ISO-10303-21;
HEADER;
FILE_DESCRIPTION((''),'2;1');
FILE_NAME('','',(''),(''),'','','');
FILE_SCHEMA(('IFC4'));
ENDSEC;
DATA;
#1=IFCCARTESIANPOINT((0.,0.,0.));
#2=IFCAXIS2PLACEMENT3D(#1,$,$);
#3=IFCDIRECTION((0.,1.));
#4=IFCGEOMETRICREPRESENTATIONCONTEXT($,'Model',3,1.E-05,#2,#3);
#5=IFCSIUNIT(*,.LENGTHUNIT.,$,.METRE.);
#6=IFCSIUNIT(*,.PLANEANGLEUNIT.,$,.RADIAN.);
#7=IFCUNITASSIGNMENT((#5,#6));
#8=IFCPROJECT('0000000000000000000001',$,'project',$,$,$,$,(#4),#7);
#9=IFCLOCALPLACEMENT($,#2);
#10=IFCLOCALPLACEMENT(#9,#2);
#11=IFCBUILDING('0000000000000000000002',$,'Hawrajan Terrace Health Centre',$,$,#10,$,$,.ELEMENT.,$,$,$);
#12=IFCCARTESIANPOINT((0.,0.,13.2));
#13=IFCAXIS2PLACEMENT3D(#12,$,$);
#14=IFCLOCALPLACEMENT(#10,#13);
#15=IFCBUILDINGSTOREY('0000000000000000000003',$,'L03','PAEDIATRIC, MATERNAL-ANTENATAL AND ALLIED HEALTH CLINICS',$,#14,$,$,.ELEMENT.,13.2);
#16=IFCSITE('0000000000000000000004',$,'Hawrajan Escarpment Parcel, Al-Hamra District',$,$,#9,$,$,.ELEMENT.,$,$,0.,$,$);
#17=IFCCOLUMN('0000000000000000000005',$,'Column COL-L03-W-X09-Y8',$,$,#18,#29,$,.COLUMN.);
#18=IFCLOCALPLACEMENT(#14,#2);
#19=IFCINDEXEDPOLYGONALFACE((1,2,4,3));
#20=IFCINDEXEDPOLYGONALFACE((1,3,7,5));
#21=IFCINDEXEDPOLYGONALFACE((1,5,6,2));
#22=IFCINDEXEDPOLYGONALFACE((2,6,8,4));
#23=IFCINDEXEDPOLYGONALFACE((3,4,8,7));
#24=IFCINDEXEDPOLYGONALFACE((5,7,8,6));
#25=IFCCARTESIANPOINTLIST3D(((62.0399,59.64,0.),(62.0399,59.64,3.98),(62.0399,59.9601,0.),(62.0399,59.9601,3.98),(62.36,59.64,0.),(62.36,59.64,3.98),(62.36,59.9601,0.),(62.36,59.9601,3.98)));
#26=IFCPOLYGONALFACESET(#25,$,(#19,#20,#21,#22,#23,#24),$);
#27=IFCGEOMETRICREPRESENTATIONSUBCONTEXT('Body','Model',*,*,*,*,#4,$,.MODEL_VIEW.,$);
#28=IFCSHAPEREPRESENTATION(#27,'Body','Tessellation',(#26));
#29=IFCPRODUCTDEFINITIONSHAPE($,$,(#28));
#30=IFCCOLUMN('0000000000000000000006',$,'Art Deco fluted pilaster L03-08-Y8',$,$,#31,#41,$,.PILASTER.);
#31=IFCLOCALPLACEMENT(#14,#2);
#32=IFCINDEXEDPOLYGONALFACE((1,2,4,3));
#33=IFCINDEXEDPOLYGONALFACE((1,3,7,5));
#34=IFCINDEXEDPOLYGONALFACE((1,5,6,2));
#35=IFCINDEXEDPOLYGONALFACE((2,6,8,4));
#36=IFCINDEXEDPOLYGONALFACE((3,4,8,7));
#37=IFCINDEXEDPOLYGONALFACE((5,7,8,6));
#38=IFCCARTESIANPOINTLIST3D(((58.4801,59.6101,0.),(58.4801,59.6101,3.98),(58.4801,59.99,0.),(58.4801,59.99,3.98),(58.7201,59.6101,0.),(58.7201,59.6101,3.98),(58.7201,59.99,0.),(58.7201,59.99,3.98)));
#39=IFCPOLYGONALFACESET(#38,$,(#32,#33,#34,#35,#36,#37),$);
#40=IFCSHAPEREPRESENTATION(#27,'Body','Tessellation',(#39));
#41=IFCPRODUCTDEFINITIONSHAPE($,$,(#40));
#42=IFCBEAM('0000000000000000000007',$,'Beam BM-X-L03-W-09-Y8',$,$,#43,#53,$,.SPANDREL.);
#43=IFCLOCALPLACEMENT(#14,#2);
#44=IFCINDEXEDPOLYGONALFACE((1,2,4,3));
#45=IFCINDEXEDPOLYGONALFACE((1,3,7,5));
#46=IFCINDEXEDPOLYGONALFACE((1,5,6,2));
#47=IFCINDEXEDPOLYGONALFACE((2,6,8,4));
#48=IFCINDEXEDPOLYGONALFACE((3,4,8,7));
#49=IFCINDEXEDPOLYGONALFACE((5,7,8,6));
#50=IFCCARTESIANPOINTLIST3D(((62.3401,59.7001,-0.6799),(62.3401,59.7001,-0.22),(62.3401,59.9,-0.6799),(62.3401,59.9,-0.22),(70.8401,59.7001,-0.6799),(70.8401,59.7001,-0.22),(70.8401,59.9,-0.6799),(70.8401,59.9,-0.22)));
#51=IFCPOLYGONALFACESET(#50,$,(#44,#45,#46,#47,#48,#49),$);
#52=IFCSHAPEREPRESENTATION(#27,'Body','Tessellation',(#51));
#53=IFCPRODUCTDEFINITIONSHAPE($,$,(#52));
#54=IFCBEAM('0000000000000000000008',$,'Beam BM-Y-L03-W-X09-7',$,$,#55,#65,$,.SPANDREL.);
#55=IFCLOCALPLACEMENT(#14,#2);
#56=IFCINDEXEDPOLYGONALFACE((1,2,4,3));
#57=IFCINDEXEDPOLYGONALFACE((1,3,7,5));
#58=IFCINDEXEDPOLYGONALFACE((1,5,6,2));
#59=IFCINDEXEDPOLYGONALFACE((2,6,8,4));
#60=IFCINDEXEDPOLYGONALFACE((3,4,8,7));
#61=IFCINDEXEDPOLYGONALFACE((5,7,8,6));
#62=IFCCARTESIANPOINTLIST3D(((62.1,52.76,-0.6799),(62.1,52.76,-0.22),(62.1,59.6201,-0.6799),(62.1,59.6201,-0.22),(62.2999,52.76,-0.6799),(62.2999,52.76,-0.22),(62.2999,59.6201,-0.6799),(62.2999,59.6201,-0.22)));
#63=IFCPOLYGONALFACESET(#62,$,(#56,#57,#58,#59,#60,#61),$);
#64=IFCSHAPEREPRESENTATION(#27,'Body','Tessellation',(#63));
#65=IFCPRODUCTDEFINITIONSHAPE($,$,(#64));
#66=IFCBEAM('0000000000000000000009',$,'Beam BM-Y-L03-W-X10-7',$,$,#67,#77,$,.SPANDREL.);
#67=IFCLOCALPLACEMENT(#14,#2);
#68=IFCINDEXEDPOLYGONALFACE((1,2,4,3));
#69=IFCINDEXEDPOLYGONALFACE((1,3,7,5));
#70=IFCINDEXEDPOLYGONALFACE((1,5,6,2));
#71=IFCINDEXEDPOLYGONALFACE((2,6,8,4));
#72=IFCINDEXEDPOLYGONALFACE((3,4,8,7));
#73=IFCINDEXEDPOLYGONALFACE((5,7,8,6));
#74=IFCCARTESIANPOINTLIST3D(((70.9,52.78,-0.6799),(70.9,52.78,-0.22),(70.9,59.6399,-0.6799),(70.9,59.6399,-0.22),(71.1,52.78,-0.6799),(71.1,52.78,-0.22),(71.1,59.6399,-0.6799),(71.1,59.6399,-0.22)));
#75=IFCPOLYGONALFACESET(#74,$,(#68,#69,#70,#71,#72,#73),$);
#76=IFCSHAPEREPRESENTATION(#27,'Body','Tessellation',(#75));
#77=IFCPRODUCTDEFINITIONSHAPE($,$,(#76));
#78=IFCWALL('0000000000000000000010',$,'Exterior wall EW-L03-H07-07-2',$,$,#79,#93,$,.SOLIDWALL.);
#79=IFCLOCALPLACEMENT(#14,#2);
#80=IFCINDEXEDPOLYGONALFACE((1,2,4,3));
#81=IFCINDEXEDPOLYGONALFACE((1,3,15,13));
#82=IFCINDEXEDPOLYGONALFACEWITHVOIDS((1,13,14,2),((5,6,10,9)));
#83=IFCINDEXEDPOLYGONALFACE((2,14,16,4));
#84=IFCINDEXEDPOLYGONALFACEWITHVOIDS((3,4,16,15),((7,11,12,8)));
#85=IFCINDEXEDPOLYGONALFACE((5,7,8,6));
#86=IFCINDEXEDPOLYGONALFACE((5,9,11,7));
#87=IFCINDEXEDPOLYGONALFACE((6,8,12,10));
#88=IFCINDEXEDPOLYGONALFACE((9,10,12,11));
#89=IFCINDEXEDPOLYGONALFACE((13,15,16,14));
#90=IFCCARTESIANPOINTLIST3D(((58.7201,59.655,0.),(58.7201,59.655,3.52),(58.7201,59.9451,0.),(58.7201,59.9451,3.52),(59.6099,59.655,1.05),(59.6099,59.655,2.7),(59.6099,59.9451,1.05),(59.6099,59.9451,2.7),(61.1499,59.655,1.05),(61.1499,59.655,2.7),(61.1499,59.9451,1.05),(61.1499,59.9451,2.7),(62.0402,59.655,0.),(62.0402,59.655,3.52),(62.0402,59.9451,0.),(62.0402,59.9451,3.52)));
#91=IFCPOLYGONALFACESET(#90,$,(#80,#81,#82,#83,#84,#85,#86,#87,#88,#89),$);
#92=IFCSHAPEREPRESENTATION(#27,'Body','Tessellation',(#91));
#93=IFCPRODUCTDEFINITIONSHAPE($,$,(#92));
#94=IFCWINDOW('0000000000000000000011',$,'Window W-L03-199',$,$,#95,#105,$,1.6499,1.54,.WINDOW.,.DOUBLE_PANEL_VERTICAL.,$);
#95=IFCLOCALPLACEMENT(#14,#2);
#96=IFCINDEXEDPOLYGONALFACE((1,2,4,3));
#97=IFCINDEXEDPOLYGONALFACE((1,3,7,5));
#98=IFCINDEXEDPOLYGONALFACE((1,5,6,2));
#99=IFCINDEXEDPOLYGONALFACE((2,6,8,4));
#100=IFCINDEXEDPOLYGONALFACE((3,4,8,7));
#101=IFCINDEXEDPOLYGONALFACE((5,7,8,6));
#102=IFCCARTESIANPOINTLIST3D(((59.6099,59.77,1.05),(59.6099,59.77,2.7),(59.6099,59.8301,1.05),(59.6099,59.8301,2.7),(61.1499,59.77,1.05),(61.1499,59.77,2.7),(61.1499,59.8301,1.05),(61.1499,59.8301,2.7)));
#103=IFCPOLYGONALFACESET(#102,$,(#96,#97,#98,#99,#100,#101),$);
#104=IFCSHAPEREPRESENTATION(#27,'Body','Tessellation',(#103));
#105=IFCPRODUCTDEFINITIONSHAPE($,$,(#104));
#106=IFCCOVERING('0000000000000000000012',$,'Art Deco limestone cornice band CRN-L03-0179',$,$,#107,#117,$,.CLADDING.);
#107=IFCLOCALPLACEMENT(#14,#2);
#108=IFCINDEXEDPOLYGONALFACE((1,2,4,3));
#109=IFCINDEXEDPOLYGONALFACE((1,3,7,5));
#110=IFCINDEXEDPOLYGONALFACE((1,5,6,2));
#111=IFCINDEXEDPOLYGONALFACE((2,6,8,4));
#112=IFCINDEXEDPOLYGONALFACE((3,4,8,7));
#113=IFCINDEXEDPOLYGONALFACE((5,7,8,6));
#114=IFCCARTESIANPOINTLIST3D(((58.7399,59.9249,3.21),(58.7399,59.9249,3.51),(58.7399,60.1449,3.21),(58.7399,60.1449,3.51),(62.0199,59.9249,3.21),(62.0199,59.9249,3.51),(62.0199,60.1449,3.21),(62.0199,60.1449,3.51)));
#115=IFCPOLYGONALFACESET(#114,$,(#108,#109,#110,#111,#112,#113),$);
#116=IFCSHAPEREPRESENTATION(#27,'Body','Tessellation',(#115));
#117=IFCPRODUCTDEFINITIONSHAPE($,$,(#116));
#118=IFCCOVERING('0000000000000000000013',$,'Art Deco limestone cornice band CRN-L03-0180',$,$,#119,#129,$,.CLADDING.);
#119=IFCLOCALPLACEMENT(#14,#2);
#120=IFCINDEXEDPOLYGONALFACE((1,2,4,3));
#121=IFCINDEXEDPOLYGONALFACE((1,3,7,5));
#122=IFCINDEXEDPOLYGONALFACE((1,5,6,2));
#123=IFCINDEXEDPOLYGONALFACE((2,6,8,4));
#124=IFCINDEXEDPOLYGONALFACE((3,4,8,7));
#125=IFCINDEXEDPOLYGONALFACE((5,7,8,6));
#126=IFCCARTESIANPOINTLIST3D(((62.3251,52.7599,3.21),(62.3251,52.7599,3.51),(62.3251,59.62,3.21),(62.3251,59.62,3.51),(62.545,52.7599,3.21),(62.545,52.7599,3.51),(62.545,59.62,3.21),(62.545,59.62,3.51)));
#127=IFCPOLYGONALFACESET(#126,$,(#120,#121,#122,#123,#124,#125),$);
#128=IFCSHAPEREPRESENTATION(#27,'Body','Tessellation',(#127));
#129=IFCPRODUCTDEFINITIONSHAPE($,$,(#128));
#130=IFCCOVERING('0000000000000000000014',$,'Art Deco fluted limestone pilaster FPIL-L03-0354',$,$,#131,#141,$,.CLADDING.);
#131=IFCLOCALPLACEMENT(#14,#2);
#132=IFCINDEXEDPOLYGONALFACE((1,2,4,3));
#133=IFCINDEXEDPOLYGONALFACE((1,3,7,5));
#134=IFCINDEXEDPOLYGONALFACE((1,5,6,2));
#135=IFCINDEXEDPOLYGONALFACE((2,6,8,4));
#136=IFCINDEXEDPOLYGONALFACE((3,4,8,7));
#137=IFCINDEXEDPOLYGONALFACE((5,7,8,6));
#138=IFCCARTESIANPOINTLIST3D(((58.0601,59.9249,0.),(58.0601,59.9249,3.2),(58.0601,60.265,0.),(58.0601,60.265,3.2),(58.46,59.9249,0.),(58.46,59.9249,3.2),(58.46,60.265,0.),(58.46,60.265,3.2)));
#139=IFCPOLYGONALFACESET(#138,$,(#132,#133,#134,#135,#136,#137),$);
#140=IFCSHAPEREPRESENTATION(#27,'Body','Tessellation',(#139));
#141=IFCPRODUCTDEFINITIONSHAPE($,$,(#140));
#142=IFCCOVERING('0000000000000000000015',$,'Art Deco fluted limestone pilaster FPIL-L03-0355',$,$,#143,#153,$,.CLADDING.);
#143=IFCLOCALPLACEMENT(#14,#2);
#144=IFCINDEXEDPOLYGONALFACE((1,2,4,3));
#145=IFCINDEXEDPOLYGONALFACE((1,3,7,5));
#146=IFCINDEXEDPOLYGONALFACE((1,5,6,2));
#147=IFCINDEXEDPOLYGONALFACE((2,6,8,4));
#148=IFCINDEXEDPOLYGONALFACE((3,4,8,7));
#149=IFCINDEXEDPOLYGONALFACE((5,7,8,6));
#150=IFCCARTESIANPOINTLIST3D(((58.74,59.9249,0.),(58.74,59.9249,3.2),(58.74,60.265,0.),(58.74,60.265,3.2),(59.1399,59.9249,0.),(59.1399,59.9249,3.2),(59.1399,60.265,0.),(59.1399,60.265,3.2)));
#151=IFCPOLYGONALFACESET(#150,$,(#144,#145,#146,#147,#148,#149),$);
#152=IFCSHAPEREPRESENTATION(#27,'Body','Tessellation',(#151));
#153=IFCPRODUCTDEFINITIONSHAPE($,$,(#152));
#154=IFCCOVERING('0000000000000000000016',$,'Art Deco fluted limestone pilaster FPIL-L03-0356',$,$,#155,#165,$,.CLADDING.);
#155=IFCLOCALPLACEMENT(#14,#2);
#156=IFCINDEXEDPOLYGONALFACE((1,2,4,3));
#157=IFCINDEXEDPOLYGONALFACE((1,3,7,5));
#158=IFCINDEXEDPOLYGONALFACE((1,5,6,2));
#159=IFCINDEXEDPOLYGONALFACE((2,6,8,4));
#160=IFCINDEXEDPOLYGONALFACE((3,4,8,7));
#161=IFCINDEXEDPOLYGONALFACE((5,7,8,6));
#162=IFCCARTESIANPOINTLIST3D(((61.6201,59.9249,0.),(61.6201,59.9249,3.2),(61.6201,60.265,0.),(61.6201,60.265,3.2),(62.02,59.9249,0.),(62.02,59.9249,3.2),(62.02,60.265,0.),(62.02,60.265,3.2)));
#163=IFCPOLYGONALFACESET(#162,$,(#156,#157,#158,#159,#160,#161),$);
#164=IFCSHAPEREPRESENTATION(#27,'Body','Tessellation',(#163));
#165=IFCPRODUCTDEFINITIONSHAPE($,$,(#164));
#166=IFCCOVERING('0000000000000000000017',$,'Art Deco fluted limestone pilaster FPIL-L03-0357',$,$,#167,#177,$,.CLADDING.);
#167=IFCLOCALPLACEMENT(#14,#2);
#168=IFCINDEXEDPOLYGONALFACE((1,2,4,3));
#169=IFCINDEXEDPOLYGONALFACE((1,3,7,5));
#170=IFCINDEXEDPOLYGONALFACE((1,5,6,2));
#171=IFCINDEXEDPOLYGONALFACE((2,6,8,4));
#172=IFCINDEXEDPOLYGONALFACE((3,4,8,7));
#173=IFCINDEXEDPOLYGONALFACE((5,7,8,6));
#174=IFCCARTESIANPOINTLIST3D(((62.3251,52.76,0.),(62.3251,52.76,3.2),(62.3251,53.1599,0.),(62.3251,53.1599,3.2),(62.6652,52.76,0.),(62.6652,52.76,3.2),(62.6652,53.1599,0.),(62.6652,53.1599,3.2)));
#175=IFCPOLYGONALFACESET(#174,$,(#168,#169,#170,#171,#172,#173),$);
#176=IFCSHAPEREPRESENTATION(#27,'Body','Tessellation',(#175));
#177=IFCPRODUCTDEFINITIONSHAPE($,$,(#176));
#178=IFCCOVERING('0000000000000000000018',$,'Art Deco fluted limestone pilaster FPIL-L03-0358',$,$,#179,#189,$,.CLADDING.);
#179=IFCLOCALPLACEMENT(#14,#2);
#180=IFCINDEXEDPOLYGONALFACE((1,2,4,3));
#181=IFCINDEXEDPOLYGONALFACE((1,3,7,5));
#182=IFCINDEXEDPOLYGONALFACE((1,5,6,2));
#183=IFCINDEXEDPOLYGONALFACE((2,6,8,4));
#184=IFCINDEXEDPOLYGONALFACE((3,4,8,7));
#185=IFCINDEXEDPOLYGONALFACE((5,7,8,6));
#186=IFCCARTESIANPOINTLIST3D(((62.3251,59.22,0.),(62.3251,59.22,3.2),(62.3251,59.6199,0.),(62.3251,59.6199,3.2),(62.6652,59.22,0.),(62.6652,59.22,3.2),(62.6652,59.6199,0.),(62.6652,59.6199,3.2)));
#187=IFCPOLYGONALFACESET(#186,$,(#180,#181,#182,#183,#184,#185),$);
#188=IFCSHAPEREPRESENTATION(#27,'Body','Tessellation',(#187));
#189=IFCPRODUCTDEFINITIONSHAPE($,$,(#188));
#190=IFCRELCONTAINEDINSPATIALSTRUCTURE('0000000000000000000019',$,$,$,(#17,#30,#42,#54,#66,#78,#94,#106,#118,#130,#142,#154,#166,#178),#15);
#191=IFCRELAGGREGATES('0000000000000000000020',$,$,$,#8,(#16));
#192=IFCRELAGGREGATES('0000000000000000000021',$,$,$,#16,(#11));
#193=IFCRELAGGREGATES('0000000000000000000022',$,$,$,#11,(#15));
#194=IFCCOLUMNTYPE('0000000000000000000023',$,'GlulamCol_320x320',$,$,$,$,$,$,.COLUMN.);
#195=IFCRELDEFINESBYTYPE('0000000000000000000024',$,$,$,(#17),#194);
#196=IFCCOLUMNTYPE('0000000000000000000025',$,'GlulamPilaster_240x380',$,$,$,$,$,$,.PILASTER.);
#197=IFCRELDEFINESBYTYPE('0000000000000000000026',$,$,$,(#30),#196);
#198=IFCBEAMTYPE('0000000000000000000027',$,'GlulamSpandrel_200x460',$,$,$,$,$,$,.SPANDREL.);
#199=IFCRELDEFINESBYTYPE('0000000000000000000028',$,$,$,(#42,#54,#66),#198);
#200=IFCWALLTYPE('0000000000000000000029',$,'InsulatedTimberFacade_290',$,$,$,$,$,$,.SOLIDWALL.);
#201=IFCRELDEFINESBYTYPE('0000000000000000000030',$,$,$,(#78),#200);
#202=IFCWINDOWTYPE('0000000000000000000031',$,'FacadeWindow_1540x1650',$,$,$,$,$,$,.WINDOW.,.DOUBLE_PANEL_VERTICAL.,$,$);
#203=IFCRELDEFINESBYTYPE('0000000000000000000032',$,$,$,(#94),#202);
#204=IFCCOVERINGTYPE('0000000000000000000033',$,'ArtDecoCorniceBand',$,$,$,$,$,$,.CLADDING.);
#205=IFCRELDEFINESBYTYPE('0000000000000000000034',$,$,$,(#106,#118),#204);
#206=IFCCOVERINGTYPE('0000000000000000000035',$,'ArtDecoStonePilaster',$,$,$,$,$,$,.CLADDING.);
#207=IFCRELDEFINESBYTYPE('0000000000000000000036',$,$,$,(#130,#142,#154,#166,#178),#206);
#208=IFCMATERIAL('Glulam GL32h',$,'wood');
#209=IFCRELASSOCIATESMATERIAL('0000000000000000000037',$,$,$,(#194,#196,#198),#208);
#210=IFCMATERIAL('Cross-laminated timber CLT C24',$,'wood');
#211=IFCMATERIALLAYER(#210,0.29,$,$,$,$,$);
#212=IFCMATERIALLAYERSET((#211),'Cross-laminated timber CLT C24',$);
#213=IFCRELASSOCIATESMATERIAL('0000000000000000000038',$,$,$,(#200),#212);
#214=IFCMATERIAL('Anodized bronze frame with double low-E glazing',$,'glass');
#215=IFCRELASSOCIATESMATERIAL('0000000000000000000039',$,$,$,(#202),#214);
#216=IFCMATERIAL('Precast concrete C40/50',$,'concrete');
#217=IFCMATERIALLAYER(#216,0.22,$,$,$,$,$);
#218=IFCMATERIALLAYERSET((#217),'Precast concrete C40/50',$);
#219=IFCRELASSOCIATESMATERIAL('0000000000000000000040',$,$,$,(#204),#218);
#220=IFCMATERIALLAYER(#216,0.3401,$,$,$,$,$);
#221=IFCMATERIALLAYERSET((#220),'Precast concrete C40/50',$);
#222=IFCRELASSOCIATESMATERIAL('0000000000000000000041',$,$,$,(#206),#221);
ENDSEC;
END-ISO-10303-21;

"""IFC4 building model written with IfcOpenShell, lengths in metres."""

from ifc_helpers import new_model, si_unit, direction, frame, frame_2d, origin, origin_2d, place, context, subcontext, project, spatial, rectangle, extrude, material, layer, layer_set, material_profile, profile_set, type_object, element, fill, save


model = new_model("IFC4")

# Units and contexts
model_context = context("Model", 3, precision=1e-05, world=origin(), true_north=direction((0.0, 1.0)))
body_context = subcontext(model_context, "Body", "Model", "MODEL_VIEW")
ifc_project = project(units=[si_unit("LENGTHUNIT", "METRE"), si_unit("PLANEANGLEUNIT", "RADIAN")], contexts=[model_context])

# Site, building, storey
site_placement = place(None, origin())
site = spatial("IfcSite", under=ifc_project, at=site_placement, Name="Hawrajan Escarpment Parcel, Al-Hamra District", CompositionType="ELEMENT", RefElevation=0.0)
building_placement = place(site_placement, origin())
building = spatial("IfcBuilding", under=site, at=building_placement, Name="Hawrajan Terrace Health Centre", CompositionType="ELEMENT")
storey_placement = place(building_placement, frame((0.0, 0.0, 13.2)))
storey = spatial("IfcBuildingStorey", under=building, at=storey_placement, Name="L03", Description="PAEDIATRIC, MATERNAL-ANTENATAL AND ALLIED HEALTH CLINICS", CompositionType="ELEMENT", Elevation=13.2)

# Columns
ifc_material_1 = material(Name="Glulam GL32h", Category="wood")
ifc_material_profile_1 = material_profile(ifc_material_1, rectangle(XDim=0.3201, YDim=0.3201, at=origin_2d()), Name="GL 320x320")
ifc_profile_set_1 = profile_set([ifc_material_profile_1], Name="Glulam GL32h")
column_type_1 = type_object("IfcColumnType", Name="GlulamCol_320x320", PredefinedType="COLUMN", material=ifc_profile_set_1)
column_1_placement = place(storey_placement, frame((62.2, 59.8, 0.0), z_axis=(0.0, 0.0, 1.0), x_axis=(1.0, 0.0, 0.0)))
element("IfcColumn", 1, at=column_1_placement, inside=storey, type_object=column_type_1, Name="Column COL-L03-W-X09-Y8", PredefinedType="COLUMN", context=body_context, shape_type="SweptSolid", body=[
    extrude(rectangle(XDim=0.3201, YDim=0.3201, at=origin_2d()), origin(), (0.0, 0.0, 1.0), 3.98),
])
ifc_material_profile_2 = material_profile(ifc_material_1, rectangle(XDim=0.24, YDim=0.3799, at=origin_2d()), Name="GL PIL 240x380")
ifc_profile_set_2 = profile_set([ifc_material_profile_2], Name="Glulam GL32h")
column_type_2 = type_object("IfcColumnType", Name="GlulamPilaster_240x380", PredefinedType="PILASTER", material=ifc_profile_set_2)
column_2_placement = place(storey_placement, frame((58.6001, 59.8, 0.0), z_axis=(0.0, 0.0, 1.0), x_axis=(1.0, 0.0, 0.0)))
element("IfcColumn", 2, at=column_2_placement, inside=storey, type_object=column_type_2, Name="Art Deco fluted pilaster L03-08-Y8", PredefinedType="PILASTER", context=body_context, shape_type="SweptSolid", body=[
    extrude(rectangle(XDim=0.24, YDim=0.3799, at=origin_2d()), origin(), (0.0, 0.0, 1.0), 3.98),
])

# Beams
ifc_material_profile_3 = material_profile(ifc_material_1, rectangle(XDim=0.2, YDim=0.46, at=origin_2d()), Name="GL SP 200x460")
ifc_profile_set_3 = profile_set([ifc_material_profile_3], Name="Glulam GL32h")
beam_type = type_object("IfcBeamType", Name="GlulamSpandrel_200x460", PredefinedType="SPANDREL", material=ifc_profile_set_3)
beam_1_placement = place(storey_placement, frame((62.3401, 59.8, -0.45), z_axis=(1.0, 0.0, 0.0), x_axis=(0.0, 1.0, 0.0)))
element("IfcBeam", 3, at=beam_1_placement, inside=storey, type_object=beam_type, Name="Beam BM-X-L03-W-09-Y8", PredefinedType="SPANDREL", context=body_context, shape_type="SweptSolid", body=[
    extrude(rectangle(XDim=0.2, YDim=0.46, at=origin_2d()), origin(), (0.0, 0.0, 1.0), 8.5),
])
beam_2_placement = place(storey_placement, frame((62.2, 52.76, -0.45), z_axis=(0.0, 1.0, 0.0), x_axis=(-1.0, 0.0, 0.0)))
element("IfcBeam", 4, at=beam_2_placement, inside=storey, type_object=beam_type, Name="Beam BM-Y-L03-W-X09-7", PredefinedType="SPANDREL", context=body_context, shape_type="SweptSolid", body=[
    extrude(rectangle(XDim=0.2, YDim=0.46, at=origin_2d()), origin(), (0.0, 0.0, 1.0), 6.8601),
])
beam_3_placement = place(storey_placement, frame((71.0, 52.78, -0.45), z_axis=(0.0, 1.0, 0.0), x_axis=(-1.0, 0.0, 0.0)))
element("IfcBeam", 5, at=beam_3_placement, inside=storey, type_object=beam_type, Name="Beam BM-Y-L03-W-X10-7", PredefinedType="SPANDREL", context=body_context, shape_type="SweptSolid", body=[
    extrude(rectangle(XDim=0.2, YDim=0.46, at=origin_2d()), origin(), (0.0, 0.0, 1.0), 6.8599),
])

# Wall, opening, window
ifc_material_2 = material(Name="Cross-laminated timber CLT C24", Category="wood")
ifc_layer_1 = layer(ifc_material_2, 0.29)
ifc_layer_set_1 = layer_set([ifc_layer_1], Name="Cross-laminated timber CLT C24")
wall_type = type_object("IfcWallType", Name="InsulatedTimberFacade_290", PredefinedType="SOLIDWALL", material=ifc_layer_set_1)
wall_placement = place(storey_placement, frame((58.72, 59.8, 0.0), z_axis=(0.0, 0.0, 1.0), x_axis=(1.0, 0.0, 0.0)))
wall = element("IfcWall", 6, at=wall_placement, inside=storey, type_object=wall_type, Name="Exterior wall EW-L03-H07-07-2", PredefinedType="SOLIDWALL", context=body_context, shape_type="SweptSolid", body=[
    extrude(rectangle(XDim=3.3201, YDim=0.29, at=frame_2d((1.6602, 0.0))), origin(), (0.0, 0.0, 1.0), 3.52),
])
opening_placement = place(wall_placement, frame((0.8899, 0.0, 1.05)))
opening = element("IfcOpeningElement", 7, at=opening_placement, cuts=wall, PredefinedType="OPENING", context=body_context, shape_type="SweptSolid", body=[
    extrude(rectangle(XDim=1.54, YDim=1.6499, at=frame_2d((0.77, 0.825))), frame((0.0, 0.155, 0.0), z_axis=(0.0, -1.0, 0.0), x_axis=(1.0, 0.0, 0.0)), (0.0, 0.0, 1.0), 0.3101),
])
ifc_material_3 = material(Name="Anodized bronze frame with double low-E glazing", Category="glass")
window_type = type_object("IfcWindowType", Name="FacadeWindow_1540x1650", PartitioningType="DOUBLE_PANEL_VERTICAL", PredefinedType="WINDOW", material=ifc_material_3)
window_placement = place(opening_placement, origin())
window = element("IfcWindow", 8, at=window_placement, inside=storey, type_object=window_type, Name="Window W-L03-199", OverallHeight=1.6499, OverallWidth=1.54, PartitioningType="DOUBLE_PANEL_VERTICAL", PredefinedType="WINDOW", context=body_context, shape_type="SweptSolid", body=[
    extrude(rectangle(XDim=1.54, YDim=1.6499, at=frame_2d((0.77, 0.825))), frame((0.0, 0.03, 0.0), z_axis=(0.0, -1.0, 0.0), x_axis=(1.0, 0.0, 0.0)), (0.0, 0.0, 1.0), 0.0601),
])
fill(opening, window)

# Coverings
ifc_material_4 = material(Name="Precast concrete C40/50", Category="concrete")
ifc_layer_2 = layer(ifc_material_4, 0.22)
ifc_layer_set_2 = layer_set([ifc_layer_2], Name="Precast concrete C40/50")
covering_type_1 = type_object("IfcCoveringType", Name="ArtDecoCorniceBand", PredefinedType="CLADDING", material=ifc_layer_set_2)
covering_1_placement = place(storey_placement, frame((60.3799, 60.0349, 3.21), z_axis=(0.0, 0.0, 1.0), x_axis=(1.0, 0.0, 0.0)))
element("IfcCovering", 9, at=covering_1_placement, inside=storey, type_object=covering_type_1, Name="Art Deco limestone cornice band CRN-L03-0179", PredefinedType="CLADDING", context=body_context, shape_type="SweptSolid", body=[
    extrude(rectangle(XDim=3.28, YDim=0.22, at=origin_2d()), origin(), (0.0, 0.0, 1.0), 0.3),
])
covering_2_placement = place(storey_placement, frame((62.4351, 56.1899, 3.21), z_axis=(0.0, 0.0, 1.0), x_axis=(0.0, 1.0, 0.0)))
element("IfcCovering", 10, at=covering_2_placement, inside=storey, type_object=covering_type_1, Name="Art Deco limestone cornice band CRN-L03-0180", PredefinedType="CLADDING", context=body_context, shape_type="SweptSolid", body=[
    extrude(rectangle(XDim=6.8601, YDim=0.22, at=origin_2d()), origin(), (0.0, 0.0, 1.0), 0.3),
])
ifc_layer_3 = layer(ifc_material_4, 0.3401)
ifc_layer_set_3 = layer_set([ifc_layer_3], Name="Precast concrete C40/50")
covering_type_2 = type_object("IfcCoveringType", Name="ArtDecoStonePilaster", PredefinedType="CLADDING", material=ifc_layer_set_3)
for number, where, z_axis, x_axis, name in (
    (11, (58.26, 60.095, 0.0), (0.0, 0.0, 1.0), (1.0, 0.0, 0.0), "Art Deco fluted limestone pilaster FPIL-L03-0354"),
    (12, (58.9399, 60.095, 0.0), (0.0, 0.0, 1.0), (1.0, 0.0, 0.0), "Art Deco fluted limestone pilaster FPIL-L03-0355"),
    (13, (61.8201, 60.095, 0.0), (0.0, 0.0, 1.0), (1.0, 0.0, 0.0), "Art Deco fluted limestone pilaster FPIL-L03-0356"),
    (14, (62.4951, 52.96, 0.0), (0.0, 0.0, 1.0), (0.0, 1.0, 0.0), "Art Deco fluted limestone pilaster FPIL-L03-0357"),
    (15, (62.4951, 59.4199, 0.0), (0.0, 0.0, 1.0), (0.0, 1.0, 0.0), "Art Deco fluted limestone pilaster FPIL-L03-0358"),
):
    element("IfcCovering", number, at=place(storey_placement, frame(where, z_axis=z_axis, x_axis=x_axis)), inside=storey, type_object=covering_type_2, Name=name, PredefinedType="CLADDING", context=body_context, shape_type="SweptSolid", body=[
        extrude(rectangle(XDim=0.3999, YDim=0.3401, at=origin_2d()), origin(), (0.0, 0.0, 1.0), 3.2),
    ])

save(model, "model.ifc")
